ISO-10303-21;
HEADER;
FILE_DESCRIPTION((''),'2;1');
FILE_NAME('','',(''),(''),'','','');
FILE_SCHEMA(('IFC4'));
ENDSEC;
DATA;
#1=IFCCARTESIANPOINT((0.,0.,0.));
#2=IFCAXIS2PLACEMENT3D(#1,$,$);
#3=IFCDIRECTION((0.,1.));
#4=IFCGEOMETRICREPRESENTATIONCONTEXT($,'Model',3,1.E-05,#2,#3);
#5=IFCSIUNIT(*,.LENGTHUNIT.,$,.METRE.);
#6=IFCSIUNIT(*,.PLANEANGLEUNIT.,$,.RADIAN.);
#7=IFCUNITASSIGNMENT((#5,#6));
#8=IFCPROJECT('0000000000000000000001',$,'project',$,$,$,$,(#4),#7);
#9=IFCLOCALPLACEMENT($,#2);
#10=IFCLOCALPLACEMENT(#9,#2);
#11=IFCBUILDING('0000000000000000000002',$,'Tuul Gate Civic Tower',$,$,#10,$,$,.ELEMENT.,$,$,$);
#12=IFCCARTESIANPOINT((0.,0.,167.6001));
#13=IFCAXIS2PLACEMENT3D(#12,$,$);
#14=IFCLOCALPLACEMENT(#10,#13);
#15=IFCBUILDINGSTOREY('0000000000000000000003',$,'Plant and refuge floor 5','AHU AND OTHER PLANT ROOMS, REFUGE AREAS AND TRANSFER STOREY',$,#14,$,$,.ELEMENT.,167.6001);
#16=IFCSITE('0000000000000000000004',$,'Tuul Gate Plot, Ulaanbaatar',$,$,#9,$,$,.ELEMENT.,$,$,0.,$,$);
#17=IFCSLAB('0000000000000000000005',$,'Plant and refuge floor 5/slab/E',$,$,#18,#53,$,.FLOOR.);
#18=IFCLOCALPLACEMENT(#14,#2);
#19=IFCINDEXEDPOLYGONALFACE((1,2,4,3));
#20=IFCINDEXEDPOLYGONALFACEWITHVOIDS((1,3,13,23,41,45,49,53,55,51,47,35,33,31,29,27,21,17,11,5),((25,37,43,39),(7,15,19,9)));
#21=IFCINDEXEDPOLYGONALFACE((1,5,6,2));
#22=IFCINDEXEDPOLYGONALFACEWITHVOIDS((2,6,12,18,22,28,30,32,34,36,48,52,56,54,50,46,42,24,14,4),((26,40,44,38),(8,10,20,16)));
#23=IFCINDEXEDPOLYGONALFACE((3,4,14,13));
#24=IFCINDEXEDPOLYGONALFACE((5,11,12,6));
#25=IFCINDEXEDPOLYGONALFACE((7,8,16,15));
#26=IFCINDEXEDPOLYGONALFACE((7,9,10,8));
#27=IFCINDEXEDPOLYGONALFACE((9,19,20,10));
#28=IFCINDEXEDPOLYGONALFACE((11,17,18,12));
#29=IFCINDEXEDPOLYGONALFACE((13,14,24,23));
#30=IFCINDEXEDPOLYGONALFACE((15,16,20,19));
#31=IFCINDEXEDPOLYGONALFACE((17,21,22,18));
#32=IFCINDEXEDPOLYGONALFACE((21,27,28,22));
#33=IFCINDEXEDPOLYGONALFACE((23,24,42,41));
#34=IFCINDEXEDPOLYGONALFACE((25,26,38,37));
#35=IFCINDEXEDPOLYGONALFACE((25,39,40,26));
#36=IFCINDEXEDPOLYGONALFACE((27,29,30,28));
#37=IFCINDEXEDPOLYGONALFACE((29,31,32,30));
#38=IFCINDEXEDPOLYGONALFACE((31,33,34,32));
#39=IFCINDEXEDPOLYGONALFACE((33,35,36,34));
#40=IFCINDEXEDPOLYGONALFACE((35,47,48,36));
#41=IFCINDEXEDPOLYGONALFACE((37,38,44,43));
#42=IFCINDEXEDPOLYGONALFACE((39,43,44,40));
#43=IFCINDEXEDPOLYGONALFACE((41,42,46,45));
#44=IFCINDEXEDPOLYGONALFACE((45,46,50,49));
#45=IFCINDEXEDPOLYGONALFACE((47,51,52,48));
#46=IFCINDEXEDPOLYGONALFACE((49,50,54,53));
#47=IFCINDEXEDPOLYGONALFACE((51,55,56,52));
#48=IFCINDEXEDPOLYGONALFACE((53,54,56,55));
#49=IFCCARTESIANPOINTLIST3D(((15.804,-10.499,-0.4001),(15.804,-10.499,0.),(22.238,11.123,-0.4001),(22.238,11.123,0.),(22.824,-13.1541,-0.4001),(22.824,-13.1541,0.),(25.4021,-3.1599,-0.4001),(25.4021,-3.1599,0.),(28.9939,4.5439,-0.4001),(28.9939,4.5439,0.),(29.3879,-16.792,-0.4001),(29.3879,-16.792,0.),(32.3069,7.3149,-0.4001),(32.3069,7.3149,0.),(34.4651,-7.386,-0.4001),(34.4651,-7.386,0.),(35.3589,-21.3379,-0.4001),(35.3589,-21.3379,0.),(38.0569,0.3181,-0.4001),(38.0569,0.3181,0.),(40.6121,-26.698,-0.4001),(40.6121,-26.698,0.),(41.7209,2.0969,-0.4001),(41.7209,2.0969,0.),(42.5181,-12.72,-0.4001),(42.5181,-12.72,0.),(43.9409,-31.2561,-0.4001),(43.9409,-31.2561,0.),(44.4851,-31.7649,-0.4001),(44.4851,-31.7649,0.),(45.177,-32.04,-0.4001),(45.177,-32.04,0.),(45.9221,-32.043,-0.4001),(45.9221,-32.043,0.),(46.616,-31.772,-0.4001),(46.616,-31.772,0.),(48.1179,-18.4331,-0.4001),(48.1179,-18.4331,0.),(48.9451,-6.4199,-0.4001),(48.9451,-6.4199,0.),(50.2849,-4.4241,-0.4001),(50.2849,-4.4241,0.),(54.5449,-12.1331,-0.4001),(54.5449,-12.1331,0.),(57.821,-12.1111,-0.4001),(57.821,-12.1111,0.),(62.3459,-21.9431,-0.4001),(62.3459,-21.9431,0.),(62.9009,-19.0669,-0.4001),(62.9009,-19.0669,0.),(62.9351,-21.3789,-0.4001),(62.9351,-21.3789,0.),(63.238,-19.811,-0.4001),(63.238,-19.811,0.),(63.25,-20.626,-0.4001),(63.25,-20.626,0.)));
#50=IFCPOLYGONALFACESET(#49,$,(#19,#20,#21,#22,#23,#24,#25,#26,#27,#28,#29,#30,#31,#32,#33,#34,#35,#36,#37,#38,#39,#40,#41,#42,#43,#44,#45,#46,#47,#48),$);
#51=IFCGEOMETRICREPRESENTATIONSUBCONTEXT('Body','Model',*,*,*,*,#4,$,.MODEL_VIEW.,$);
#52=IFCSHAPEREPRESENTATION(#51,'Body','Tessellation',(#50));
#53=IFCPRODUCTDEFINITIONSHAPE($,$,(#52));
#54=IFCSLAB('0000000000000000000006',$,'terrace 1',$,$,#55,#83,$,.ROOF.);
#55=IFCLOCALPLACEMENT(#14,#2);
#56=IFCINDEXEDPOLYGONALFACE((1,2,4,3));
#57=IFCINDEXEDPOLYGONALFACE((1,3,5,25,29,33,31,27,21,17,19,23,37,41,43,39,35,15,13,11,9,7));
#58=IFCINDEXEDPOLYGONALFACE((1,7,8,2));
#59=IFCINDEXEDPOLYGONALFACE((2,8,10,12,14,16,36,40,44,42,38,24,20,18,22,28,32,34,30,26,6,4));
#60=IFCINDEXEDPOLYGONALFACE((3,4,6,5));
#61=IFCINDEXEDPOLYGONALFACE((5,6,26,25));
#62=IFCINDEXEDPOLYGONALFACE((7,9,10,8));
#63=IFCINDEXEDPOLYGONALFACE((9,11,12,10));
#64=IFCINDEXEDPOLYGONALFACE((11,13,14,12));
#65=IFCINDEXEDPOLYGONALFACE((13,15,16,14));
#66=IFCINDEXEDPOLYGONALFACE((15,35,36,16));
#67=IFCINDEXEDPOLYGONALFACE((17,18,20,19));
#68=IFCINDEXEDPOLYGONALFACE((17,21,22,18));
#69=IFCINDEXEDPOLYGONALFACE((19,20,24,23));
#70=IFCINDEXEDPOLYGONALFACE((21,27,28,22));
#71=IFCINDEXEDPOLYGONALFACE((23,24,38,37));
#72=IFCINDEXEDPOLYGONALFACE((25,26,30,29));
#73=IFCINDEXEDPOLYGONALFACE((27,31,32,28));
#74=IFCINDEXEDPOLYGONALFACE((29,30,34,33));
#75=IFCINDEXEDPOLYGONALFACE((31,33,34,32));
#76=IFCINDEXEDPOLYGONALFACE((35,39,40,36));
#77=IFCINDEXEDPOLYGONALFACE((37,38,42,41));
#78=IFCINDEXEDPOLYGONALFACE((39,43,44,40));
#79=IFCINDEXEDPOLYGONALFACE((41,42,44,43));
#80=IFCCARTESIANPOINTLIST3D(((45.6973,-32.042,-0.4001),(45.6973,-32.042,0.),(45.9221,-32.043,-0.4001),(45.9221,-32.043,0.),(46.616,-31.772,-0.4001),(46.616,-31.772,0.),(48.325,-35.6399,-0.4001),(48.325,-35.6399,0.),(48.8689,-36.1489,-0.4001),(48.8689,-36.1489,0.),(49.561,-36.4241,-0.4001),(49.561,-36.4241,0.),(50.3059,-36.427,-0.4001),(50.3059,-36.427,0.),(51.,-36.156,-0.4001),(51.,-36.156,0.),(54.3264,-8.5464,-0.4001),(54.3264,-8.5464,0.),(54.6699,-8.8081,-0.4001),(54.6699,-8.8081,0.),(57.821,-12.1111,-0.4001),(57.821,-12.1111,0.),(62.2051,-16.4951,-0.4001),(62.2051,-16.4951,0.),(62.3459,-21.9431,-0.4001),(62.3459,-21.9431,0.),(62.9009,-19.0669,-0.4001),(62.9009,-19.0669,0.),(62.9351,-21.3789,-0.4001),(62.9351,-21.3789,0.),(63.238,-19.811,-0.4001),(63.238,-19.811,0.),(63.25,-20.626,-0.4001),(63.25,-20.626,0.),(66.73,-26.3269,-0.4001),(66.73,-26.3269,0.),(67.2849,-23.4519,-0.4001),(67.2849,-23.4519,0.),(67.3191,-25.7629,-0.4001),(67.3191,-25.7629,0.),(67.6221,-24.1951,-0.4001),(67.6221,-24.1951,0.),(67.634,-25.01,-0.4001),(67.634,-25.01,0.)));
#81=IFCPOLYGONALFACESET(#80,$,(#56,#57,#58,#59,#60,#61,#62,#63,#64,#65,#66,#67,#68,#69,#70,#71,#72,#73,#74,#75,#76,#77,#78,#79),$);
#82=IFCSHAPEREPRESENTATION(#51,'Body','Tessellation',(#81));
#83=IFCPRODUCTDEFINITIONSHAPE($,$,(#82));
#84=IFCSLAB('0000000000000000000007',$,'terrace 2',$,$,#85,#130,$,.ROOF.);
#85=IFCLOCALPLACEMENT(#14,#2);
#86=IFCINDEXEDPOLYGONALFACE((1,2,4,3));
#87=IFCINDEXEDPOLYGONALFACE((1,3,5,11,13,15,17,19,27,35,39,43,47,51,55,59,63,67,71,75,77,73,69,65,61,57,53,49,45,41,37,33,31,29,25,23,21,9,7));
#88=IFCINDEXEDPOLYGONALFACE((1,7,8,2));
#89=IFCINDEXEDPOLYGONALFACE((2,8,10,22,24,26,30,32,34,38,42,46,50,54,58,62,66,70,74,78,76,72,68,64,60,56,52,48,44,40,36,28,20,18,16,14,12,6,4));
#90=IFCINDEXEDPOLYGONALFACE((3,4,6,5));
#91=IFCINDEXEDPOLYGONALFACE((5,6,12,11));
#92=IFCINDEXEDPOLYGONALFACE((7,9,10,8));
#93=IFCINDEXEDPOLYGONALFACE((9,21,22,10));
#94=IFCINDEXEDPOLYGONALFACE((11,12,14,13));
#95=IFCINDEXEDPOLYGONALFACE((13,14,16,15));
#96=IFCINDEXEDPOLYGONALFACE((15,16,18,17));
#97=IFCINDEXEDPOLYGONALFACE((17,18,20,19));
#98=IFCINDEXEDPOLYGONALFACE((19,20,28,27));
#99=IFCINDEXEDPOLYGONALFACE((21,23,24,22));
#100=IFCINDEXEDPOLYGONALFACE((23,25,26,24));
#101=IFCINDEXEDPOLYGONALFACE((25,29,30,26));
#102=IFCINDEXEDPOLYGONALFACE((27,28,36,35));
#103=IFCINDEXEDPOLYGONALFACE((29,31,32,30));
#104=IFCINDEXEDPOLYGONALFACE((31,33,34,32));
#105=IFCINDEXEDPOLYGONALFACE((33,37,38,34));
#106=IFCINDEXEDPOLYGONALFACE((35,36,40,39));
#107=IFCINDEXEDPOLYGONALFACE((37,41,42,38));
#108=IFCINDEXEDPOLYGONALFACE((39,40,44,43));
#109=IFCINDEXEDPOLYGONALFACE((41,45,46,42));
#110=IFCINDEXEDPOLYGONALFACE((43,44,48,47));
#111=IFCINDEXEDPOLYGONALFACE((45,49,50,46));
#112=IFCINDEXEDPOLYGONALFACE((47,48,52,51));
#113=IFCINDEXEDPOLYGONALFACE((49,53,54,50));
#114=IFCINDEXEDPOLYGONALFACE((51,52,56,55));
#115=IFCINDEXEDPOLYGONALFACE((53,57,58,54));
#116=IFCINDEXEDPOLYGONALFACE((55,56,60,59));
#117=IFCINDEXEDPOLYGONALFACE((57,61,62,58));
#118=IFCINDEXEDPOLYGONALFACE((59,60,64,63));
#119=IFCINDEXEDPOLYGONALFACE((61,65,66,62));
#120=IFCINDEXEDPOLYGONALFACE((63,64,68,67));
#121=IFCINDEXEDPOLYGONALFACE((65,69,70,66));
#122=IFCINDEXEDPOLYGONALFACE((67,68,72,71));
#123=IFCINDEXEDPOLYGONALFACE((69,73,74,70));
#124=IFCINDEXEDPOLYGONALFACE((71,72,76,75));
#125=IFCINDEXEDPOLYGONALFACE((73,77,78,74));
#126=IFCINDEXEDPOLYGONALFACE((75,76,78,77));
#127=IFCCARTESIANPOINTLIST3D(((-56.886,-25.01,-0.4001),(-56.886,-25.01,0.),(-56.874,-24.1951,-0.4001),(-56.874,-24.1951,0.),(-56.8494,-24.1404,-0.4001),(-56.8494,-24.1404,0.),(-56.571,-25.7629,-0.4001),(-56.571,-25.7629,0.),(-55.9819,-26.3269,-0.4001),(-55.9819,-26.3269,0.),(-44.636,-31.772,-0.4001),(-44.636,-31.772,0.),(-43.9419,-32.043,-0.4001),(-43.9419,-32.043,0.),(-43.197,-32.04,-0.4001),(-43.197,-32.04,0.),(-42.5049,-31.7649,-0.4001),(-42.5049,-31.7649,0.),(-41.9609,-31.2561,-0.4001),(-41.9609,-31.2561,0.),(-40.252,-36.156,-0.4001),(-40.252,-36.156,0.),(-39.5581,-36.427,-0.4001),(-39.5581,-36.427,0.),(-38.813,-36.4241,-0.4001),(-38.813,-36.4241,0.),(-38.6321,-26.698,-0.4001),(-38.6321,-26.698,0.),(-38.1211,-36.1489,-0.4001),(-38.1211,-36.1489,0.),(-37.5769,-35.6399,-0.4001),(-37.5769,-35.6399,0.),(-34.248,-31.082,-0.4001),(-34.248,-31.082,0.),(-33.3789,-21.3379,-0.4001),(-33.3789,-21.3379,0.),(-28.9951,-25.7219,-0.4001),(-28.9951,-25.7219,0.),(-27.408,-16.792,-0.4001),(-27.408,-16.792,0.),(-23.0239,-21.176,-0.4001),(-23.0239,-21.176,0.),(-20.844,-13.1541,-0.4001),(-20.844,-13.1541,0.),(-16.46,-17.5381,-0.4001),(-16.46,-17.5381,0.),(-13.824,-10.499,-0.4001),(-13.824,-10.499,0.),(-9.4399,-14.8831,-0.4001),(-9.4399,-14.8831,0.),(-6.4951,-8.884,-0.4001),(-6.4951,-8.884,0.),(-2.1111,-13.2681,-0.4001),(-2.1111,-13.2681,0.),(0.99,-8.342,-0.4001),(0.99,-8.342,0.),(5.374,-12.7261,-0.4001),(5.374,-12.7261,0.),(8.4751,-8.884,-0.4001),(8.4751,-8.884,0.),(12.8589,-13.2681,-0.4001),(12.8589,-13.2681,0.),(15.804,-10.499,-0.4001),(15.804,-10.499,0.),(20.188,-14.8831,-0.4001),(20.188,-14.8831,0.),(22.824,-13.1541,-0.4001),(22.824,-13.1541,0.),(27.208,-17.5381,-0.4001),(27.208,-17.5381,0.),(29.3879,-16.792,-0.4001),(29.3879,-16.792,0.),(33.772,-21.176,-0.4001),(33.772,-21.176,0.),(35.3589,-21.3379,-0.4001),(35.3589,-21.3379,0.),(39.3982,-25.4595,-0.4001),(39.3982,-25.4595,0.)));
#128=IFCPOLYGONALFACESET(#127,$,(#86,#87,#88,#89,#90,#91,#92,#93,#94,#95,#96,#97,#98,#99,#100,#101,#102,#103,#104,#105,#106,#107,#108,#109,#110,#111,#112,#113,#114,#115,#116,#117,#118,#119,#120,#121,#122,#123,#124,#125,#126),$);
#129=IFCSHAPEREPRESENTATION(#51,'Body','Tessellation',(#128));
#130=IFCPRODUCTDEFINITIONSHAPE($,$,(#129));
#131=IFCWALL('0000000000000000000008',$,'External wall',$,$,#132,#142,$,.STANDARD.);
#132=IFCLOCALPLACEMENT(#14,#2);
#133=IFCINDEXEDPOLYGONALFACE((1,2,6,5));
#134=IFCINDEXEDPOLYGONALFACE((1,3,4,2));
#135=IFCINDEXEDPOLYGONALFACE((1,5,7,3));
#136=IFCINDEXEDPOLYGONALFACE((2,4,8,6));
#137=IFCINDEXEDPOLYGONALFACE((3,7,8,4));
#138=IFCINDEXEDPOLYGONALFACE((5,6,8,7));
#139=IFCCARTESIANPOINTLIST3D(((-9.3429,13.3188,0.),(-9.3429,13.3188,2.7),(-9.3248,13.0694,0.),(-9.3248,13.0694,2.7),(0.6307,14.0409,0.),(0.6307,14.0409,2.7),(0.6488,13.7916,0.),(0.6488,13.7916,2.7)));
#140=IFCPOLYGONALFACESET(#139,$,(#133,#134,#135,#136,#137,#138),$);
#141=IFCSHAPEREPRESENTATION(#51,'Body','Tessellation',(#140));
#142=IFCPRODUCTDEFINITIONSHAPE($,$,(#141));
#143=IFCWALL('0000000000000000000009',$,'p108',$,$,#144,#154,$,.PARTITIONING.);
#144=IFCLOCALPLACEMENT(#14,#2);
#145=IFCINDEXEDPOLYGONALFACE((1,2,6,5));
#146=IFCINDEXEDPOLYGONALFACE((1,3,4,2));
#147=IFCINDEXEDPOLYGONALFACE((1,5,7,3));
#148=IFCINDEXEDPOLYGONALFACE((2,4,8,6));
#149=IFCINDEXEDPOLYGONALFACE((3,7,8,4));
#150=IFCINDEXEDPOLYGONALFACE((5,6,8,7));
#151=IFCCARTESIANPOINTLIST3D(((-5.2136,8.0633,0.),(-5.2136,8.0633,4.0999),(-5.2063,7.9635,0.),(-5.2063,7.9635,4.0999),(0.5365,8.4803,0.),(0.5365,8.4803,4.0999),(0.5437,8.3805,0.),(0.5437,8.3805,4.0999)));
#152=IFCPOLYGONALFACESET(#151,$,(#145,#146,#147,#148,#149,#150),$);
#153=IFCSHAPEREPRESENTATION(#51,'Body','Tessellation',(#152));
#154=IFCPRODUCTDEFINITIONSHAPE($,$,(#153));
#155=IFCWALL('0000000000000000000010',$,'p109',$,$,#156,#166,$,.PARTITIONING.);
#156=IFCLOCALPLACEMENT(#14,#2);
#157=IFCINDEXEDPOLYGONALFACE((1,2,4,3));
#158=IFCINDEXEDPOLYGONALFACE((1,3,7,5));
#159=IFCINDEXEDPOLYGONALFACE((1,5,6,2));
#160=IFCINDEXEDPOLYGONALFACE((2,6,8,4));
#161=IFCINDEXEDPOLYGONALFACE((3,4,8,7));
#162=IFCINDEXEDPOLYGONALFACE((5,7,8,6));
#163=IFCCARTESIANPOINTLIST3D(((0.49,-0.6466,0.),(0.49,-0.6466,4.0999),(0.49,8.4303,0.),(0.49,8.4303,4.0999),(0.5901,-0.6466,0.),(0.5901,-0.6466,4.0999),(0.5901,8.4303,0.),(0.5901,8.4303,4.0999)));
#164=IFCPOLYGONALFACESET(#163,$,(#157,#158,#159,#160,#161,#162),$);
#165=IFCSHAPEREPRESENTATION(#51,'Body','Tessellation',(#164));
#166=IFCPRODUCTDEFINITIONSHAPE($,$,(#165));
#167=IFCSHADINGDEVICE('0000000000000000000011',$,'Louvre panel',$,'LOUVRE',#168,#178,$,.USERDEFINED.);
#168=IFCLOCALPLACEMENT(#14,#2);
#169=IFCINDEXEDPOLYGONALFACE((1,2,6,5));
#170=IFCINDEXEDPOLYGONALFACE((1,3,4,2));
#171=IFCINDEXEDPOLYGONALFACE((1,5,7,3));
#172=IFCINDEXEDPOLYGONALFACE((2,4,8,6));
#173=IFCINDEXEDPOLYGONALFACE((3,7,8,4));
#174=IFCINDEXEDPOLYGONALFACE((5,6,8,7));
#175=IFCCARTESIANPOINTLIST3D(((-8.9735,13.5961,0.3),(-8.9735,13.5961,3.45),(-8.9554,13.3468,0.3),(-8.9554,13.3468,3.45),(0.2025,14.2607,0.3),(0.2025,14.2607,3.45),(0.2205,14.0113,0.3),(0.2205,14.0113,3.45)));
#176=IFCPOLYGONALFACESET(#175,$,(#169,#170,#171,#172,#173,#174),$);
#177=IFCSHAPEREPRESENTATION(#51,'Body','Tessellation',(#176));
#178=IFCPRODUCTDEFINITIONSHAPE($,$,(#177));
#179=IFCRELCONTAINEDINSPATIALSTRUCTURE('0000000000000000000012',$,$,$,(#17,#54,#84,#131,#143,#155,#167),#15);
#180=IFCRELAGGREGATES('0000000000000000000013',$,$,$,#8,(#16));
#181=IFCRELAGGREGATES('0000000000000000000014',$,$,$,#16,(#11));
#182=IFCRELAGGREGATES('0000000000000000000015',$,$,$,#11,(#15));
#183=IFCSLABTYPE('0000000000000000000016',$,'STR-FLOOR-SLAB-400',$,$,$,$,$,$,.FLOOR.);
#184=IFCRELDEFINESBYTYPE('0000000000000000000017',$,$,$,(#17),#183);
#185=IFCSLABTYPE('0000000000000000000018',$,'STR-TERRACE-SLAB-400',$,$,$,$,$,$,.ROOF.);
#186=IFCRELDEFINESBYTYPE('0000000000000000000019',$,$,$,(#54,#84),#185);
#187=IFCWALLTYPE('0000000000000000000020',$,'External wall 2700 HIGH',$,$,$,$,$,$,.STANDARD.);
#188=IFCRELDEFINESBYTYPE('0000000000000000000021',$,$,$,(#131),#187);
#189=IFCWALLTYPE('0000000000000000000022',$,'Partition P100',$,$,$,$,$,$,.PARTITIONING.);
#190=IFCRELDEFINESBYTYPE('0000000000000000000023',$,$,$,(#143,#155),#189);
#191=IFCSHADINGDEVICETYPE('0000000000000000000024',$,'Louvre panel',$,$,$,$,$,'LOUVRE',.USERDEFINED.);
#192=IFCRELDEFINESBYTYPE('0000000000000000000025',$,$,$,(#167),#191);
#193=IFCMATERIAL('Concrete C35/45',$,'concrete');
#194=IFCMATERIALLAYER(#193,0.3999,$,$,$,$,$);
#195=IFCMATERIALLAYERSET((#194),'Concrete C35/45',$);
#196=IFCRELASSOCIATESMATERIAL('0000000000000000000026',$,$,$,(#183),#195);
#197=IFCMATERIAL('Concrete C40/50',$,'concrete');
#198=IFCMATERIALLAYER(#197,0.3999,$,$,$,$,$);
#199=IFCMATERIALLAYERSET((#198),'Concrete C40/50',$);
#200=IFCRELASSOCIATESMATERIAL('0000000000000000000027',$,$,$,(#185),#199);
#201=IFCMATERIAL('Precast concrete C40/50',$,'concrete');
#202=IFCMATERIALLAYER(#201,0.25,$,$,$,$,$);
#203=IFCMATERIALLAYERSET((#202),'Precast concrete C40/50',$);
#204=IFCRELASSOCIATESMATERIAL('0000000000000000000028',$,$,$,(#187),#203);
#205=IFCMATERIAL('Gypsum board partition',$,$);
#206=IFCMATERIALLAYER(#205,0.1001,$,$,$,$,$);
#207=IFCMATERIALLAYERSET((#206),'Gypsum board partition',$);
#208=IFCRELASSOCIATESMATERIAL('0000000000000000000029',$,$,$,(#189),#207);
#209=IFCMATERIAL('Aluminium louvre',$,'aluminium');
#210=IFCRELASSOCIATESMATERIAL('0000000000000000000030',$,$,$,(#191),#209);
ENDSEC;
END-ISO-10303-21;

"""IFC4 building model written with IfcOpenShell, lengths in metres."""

from ifc_helpers import new_model, si_unit, direction, frame, frame_2d, origin, origin_2d, place, context, subcontext, project, spatial, polyline, rectangle, outline, extrude, material, layer, layer_set, type_object, element, save


model = new_model("IFC4")

# Units and contexts
model_context = context("Model", 3, precision=1e-05, world=origin(), true_north=direction((0.0, 1.0)))
body_context = subcontext(model_context, "Body", "Model", "MODEL_VIEW")
ifc_project = project(units=[si_unit("LENGTHUNIT", "METRE"), si_unit("PLANEANGLEUNIT", "RADIAN")], contexts=[model_context])

# Site, building, storey
site_placement = place(None, origin())
site = spatial("IfcSite", under=ifc_project, at=site_placement, Name="Tuul Gate Plot, Ulaanbaatar", CompositionType="ELEMENT", RefElevation=0.0)
building_placement = place(site_placement, origin())
building = spatial("IfcBuilding", under=site, at=building_placement, Name="Tuul Gate Civic Tower", CompositionType="ELEMENT")
storey_placement = place(building_placement, frame((0.0, 0.0, 167.6001)))
storey = spatial("IfcBuildingStorey", under=building, at=storey_placement, Name="Plant and refuge floor 5", Description="AHU AND OTHER PLANT ROOMS, REFUGE AREAS AND TRANSFER STOREY", CompositionType="ELEMENT", Elevation=167.6001)

# Slabs
ifc_material_1 = material(Name="Concrete C35/45", Category="concrete")
ifc_layer_1 = layer(ifc_material_1, 0.3999)
ifc_layer_set_1 = layer_set([ifc_layer_1], Name="Concrete C35/45")
slab_type_1 = type_object("IfcSlabType", Name="STR-FLOOR-SLAB-400", PredefinedType="FLOOR", material=ifc_layer_set_1)
slab_1_placement = place(storey_placement, frame((0.0, 0.0, -0.4001)))
element("IfcSlab", 1, at=slab_1_placement, inside=storey, type_object=slab_type_1, Name="Plant and refuge floor 5/slab/E", PredefinedType="FLOOR", context=body_context, shape_type="SweptSolid", body=[
    extrude(outline(polyline([(45.9221, -32.043), (46.616, -31.772), (62.3459, -21.9431), (62.9351, -21.3789), (63.25, -20.626), (63.238, -19.811), (62.9009, -19.0669), (57.821, -12.1111), (50.2849, -4.4241), (41.7209, 2.0969), (32.3069, 7.3149), (22.238, 11.123), (15.804, -10.499), (22.824, -13.1541), (29.3879, -16.792), (35.3589, -21.3379), (40.6121, -26.698), (43.9409, -31.2561), (44.4851, -31.7649), (45.177, -32.04), (45.9221, -32.043)]), holes=[polyline([(48.1179, -18.4331), (42.5181, -12.72), (48.9451, -6.4199), (54.5449, -12.1331), (48.1179, -18.4331)]), polyline([(25.4021, -3.1599), (28.9939, 4.5439), (38.0569, 0.3181), (34.4651, -7.386), (25.4021, -3.1599)])]), origin(), (0.0, 0.0, 1.0), 0.4001),
])
ifc_material_2 = material(Name="Concrete C40/50", Category="concrete")
ifc_layer_2 = layer(ifc_material_2, 0.3999)
ifc_layer_set_2 = layer_set([ifc_layer_2], Name="Concrete C40/50")
slab_type_2 = type_object("IfcSlabType", Name="STR-TERRACE-SLAB-400", PredefinedType="ROOF", material=ifc_layer_set_2)
slab_2_placement = place(storey_placement, frame((0.0, 0.0, -0.4001)))
element("IfcSlab", 2, at=slab_2_placement, inside=storey, type_object=slab_type_2, Name="terrace 1", PredefinedType="ROOF", context=body_context, shape_type="SweptSolid", body=[
    extrude(outline(polyline([(54.6699, -8.8081), (62.2051, -16.4951), (67.2849, -23.4519), (67.6221, -24.1951), (67.634, -25.01), (67.3191, -25.7629), (66.73, -26.3269), (51.0, -36.156), (50.3059, -36.427), (49.561, -36.4241), (48.8689, -36.1489), (48.325, -35.6399), (45.6973, -32.042), (45.9221, -32.043), (46.616, -31.772), (62.3459, -21.9431), (62.9351, -21.3789), (63.25, -20.626), (63.238, -19.811), (62.9009, -19.0669), (57.821, -12.1111), (54.3264, -8.5464), (54.6699, -8.8081)])), origin(), (0.0, 0.0, 1.0), 0.4001),
])
slab_3_placement = place(storey_placement, frame((0.0, 0.0, -0.4001)))
element("IfcSlab", 3, at=slab_3_placement, inside=storey, type_object=slab_type_2, Name="terrace 2", PredefinedType="ROOF", context=body_context, shape_type="SweptSolid", body=[
    extrude(outline(polyline([(33.772, -21.176), (27.208, -17.5381), (20.188, -14.8831), (12.8589, -13.2681), (5.374, -12.7261), (-2.1111, -13.2681), (-9.4399, -14.8831), (-16.46, -17.5381), (-23.0239, -21.176), (-28.9951, -25.7219), (-34.248, -31.082), (-37.5769, -35.6399), (-38.1211, -36.1489), (-38.813, -36.4241), (-39.5581, -36.427), (-40.252, -36.156), (-55.9819, -26.3269), (-56.571, -25.7629), (-56.886, -25.01), (-56.874, -24.1951), (-56.8494, -24.1404), (-44.636, -31.772), (-43.9419, -32.043), (-43.197, -32.04), (-42.5049, -31.7649), (-41.9609, -31.2561), (-38.6321, -26.698), (-33.3789, -21.3379), (-27.408, -16.792), (-20.844, -13.1541), (-13.824, -10.499), (-6.4951, -8.884), (0.99, -8.342), (8.4751, -8.884), (15.804, -10.499), (22.824, -13.1541), (29.3879, -16.792), (35.3589, -21.3379), (39.3982, -25.4595), (33.772, -21.176)])), origin(), (0.0, 0.0, 1.0), 0.4001),
])

# Walls
ifc_material_3 = material(Name="Precast concrete C40/50", Category="concrete")
ifc_layer_3 = layer(ifc_material_3, 0.25)
ifc_layer_set_3 = layer_set([ifc_layer_3], Name="Precast concrete C40/50")
wall_type_1 = type_object("IfcWallType", Name="External wall 2700 HIGH", PredefinedType="STANDARD", material=ifc_layer_set_3)
wall_1_placement = place(storey_placement, frame((0.6399, 13.9163, 0.0), z_axis=(0.0, 0.0, 1.0), x_axis=(-0.997389, -0.072219, 0.0)))
element("IfcWall", 4, at=wall_1_placement, inside=storey, type_object=wall_type_1, Name="External wall", PredefinedType="STANDARD", context=body_context, shape_type="SweptSolid", body=[
    extrude(rectangle(XDim=9.9998, YDim=0.25, at=frame_2d((5.0, 0.0))), origin(), (0.0, 0.0, 1.0), 2.7),
])
ifc_material_4 = material(Name="Gypsum board partition")
ifc_layer_4 = layer(ifc_material_4, 0.1001)
ifc_layer_set_4 = layer_set([ifc_layer_4], Name="Gypsum board partition")
wall_type_2 = type_object("IfcWallType", Name="Partition P100", PredefinedType="PARTITIONING", material=ifc_layer_set_4)
wall_2_placement = place(storey_placement, frame((-5.21, 8.0134, 0.0), z_axis=(0.0, 0.0, 1.0), x_axis=(0.997381, 0.07233, 0.0)))
element("IfcWall", 5, at=wall_2_placement, inside=storey, type_object=wall_type_2, Name="p108", PredefinedType="PARTITIONING", context=body_context, shape_type="SweptSolid", body=[
    extrude(rectangle(XDim=5.7651, YDim=0.1001, at=frame_2d((2.8826, 0.0))), origin(), (0.0, 0.0, 1.0), 4.0999),
])
wall_3_placement = place(storey_placement, frame((0.54, 8.4304, 0.0), z_axis=(0.0, 0.0, 1.0), x_axis=(0.0, -1.0, 0.0)))
element("IfcWall", 6, at=wall_3_placement, inside=storey, type_object=wall_type_2, Name="p109", PredefinedType="PARTITIONING", context=body_context, shape_type="SweptSolid", body=[
    extrude(rectangle(XDim=9.0769, YDim=0.1001, at=frame_2d((4.5386, 0.0))), origin(), (0.0, 0.0, 1.0), 4.0999),
])

# Shading device
ifc_material_5 = material(Name="Aluminium louvre", Category="aluminium")
shading_device_type = type_object("IfcShadingDeviceType", Name="Louvre panel", ElementType="LOUVRE", PredefinedType="USERDEFINED", material=ifc_material_5)
shading_device_placement = place(storey_placement, frame((-4.3765, 13.8037, 0.3), z_axis=(0.0, 0.0, 1.0), x_axis=(-0.072233, 0.997388, 0.0)))
element("IfcShadingDevice", 7, at=shading_device_placement, inside=storey, type_object=shading_device_type, Name="Louvre panel", ObjectType="LOUVRE", PredefinedType="USERDEFINED", context=body_context, shape_type="SweptSolid", body=[
    extrude(rectangle(XDim=0.25, YDim=9.2, at=origin_2d()), origin(), (0.0, 0.0, 1.0), 3.1499),
])

save(model, "model.ifc")
